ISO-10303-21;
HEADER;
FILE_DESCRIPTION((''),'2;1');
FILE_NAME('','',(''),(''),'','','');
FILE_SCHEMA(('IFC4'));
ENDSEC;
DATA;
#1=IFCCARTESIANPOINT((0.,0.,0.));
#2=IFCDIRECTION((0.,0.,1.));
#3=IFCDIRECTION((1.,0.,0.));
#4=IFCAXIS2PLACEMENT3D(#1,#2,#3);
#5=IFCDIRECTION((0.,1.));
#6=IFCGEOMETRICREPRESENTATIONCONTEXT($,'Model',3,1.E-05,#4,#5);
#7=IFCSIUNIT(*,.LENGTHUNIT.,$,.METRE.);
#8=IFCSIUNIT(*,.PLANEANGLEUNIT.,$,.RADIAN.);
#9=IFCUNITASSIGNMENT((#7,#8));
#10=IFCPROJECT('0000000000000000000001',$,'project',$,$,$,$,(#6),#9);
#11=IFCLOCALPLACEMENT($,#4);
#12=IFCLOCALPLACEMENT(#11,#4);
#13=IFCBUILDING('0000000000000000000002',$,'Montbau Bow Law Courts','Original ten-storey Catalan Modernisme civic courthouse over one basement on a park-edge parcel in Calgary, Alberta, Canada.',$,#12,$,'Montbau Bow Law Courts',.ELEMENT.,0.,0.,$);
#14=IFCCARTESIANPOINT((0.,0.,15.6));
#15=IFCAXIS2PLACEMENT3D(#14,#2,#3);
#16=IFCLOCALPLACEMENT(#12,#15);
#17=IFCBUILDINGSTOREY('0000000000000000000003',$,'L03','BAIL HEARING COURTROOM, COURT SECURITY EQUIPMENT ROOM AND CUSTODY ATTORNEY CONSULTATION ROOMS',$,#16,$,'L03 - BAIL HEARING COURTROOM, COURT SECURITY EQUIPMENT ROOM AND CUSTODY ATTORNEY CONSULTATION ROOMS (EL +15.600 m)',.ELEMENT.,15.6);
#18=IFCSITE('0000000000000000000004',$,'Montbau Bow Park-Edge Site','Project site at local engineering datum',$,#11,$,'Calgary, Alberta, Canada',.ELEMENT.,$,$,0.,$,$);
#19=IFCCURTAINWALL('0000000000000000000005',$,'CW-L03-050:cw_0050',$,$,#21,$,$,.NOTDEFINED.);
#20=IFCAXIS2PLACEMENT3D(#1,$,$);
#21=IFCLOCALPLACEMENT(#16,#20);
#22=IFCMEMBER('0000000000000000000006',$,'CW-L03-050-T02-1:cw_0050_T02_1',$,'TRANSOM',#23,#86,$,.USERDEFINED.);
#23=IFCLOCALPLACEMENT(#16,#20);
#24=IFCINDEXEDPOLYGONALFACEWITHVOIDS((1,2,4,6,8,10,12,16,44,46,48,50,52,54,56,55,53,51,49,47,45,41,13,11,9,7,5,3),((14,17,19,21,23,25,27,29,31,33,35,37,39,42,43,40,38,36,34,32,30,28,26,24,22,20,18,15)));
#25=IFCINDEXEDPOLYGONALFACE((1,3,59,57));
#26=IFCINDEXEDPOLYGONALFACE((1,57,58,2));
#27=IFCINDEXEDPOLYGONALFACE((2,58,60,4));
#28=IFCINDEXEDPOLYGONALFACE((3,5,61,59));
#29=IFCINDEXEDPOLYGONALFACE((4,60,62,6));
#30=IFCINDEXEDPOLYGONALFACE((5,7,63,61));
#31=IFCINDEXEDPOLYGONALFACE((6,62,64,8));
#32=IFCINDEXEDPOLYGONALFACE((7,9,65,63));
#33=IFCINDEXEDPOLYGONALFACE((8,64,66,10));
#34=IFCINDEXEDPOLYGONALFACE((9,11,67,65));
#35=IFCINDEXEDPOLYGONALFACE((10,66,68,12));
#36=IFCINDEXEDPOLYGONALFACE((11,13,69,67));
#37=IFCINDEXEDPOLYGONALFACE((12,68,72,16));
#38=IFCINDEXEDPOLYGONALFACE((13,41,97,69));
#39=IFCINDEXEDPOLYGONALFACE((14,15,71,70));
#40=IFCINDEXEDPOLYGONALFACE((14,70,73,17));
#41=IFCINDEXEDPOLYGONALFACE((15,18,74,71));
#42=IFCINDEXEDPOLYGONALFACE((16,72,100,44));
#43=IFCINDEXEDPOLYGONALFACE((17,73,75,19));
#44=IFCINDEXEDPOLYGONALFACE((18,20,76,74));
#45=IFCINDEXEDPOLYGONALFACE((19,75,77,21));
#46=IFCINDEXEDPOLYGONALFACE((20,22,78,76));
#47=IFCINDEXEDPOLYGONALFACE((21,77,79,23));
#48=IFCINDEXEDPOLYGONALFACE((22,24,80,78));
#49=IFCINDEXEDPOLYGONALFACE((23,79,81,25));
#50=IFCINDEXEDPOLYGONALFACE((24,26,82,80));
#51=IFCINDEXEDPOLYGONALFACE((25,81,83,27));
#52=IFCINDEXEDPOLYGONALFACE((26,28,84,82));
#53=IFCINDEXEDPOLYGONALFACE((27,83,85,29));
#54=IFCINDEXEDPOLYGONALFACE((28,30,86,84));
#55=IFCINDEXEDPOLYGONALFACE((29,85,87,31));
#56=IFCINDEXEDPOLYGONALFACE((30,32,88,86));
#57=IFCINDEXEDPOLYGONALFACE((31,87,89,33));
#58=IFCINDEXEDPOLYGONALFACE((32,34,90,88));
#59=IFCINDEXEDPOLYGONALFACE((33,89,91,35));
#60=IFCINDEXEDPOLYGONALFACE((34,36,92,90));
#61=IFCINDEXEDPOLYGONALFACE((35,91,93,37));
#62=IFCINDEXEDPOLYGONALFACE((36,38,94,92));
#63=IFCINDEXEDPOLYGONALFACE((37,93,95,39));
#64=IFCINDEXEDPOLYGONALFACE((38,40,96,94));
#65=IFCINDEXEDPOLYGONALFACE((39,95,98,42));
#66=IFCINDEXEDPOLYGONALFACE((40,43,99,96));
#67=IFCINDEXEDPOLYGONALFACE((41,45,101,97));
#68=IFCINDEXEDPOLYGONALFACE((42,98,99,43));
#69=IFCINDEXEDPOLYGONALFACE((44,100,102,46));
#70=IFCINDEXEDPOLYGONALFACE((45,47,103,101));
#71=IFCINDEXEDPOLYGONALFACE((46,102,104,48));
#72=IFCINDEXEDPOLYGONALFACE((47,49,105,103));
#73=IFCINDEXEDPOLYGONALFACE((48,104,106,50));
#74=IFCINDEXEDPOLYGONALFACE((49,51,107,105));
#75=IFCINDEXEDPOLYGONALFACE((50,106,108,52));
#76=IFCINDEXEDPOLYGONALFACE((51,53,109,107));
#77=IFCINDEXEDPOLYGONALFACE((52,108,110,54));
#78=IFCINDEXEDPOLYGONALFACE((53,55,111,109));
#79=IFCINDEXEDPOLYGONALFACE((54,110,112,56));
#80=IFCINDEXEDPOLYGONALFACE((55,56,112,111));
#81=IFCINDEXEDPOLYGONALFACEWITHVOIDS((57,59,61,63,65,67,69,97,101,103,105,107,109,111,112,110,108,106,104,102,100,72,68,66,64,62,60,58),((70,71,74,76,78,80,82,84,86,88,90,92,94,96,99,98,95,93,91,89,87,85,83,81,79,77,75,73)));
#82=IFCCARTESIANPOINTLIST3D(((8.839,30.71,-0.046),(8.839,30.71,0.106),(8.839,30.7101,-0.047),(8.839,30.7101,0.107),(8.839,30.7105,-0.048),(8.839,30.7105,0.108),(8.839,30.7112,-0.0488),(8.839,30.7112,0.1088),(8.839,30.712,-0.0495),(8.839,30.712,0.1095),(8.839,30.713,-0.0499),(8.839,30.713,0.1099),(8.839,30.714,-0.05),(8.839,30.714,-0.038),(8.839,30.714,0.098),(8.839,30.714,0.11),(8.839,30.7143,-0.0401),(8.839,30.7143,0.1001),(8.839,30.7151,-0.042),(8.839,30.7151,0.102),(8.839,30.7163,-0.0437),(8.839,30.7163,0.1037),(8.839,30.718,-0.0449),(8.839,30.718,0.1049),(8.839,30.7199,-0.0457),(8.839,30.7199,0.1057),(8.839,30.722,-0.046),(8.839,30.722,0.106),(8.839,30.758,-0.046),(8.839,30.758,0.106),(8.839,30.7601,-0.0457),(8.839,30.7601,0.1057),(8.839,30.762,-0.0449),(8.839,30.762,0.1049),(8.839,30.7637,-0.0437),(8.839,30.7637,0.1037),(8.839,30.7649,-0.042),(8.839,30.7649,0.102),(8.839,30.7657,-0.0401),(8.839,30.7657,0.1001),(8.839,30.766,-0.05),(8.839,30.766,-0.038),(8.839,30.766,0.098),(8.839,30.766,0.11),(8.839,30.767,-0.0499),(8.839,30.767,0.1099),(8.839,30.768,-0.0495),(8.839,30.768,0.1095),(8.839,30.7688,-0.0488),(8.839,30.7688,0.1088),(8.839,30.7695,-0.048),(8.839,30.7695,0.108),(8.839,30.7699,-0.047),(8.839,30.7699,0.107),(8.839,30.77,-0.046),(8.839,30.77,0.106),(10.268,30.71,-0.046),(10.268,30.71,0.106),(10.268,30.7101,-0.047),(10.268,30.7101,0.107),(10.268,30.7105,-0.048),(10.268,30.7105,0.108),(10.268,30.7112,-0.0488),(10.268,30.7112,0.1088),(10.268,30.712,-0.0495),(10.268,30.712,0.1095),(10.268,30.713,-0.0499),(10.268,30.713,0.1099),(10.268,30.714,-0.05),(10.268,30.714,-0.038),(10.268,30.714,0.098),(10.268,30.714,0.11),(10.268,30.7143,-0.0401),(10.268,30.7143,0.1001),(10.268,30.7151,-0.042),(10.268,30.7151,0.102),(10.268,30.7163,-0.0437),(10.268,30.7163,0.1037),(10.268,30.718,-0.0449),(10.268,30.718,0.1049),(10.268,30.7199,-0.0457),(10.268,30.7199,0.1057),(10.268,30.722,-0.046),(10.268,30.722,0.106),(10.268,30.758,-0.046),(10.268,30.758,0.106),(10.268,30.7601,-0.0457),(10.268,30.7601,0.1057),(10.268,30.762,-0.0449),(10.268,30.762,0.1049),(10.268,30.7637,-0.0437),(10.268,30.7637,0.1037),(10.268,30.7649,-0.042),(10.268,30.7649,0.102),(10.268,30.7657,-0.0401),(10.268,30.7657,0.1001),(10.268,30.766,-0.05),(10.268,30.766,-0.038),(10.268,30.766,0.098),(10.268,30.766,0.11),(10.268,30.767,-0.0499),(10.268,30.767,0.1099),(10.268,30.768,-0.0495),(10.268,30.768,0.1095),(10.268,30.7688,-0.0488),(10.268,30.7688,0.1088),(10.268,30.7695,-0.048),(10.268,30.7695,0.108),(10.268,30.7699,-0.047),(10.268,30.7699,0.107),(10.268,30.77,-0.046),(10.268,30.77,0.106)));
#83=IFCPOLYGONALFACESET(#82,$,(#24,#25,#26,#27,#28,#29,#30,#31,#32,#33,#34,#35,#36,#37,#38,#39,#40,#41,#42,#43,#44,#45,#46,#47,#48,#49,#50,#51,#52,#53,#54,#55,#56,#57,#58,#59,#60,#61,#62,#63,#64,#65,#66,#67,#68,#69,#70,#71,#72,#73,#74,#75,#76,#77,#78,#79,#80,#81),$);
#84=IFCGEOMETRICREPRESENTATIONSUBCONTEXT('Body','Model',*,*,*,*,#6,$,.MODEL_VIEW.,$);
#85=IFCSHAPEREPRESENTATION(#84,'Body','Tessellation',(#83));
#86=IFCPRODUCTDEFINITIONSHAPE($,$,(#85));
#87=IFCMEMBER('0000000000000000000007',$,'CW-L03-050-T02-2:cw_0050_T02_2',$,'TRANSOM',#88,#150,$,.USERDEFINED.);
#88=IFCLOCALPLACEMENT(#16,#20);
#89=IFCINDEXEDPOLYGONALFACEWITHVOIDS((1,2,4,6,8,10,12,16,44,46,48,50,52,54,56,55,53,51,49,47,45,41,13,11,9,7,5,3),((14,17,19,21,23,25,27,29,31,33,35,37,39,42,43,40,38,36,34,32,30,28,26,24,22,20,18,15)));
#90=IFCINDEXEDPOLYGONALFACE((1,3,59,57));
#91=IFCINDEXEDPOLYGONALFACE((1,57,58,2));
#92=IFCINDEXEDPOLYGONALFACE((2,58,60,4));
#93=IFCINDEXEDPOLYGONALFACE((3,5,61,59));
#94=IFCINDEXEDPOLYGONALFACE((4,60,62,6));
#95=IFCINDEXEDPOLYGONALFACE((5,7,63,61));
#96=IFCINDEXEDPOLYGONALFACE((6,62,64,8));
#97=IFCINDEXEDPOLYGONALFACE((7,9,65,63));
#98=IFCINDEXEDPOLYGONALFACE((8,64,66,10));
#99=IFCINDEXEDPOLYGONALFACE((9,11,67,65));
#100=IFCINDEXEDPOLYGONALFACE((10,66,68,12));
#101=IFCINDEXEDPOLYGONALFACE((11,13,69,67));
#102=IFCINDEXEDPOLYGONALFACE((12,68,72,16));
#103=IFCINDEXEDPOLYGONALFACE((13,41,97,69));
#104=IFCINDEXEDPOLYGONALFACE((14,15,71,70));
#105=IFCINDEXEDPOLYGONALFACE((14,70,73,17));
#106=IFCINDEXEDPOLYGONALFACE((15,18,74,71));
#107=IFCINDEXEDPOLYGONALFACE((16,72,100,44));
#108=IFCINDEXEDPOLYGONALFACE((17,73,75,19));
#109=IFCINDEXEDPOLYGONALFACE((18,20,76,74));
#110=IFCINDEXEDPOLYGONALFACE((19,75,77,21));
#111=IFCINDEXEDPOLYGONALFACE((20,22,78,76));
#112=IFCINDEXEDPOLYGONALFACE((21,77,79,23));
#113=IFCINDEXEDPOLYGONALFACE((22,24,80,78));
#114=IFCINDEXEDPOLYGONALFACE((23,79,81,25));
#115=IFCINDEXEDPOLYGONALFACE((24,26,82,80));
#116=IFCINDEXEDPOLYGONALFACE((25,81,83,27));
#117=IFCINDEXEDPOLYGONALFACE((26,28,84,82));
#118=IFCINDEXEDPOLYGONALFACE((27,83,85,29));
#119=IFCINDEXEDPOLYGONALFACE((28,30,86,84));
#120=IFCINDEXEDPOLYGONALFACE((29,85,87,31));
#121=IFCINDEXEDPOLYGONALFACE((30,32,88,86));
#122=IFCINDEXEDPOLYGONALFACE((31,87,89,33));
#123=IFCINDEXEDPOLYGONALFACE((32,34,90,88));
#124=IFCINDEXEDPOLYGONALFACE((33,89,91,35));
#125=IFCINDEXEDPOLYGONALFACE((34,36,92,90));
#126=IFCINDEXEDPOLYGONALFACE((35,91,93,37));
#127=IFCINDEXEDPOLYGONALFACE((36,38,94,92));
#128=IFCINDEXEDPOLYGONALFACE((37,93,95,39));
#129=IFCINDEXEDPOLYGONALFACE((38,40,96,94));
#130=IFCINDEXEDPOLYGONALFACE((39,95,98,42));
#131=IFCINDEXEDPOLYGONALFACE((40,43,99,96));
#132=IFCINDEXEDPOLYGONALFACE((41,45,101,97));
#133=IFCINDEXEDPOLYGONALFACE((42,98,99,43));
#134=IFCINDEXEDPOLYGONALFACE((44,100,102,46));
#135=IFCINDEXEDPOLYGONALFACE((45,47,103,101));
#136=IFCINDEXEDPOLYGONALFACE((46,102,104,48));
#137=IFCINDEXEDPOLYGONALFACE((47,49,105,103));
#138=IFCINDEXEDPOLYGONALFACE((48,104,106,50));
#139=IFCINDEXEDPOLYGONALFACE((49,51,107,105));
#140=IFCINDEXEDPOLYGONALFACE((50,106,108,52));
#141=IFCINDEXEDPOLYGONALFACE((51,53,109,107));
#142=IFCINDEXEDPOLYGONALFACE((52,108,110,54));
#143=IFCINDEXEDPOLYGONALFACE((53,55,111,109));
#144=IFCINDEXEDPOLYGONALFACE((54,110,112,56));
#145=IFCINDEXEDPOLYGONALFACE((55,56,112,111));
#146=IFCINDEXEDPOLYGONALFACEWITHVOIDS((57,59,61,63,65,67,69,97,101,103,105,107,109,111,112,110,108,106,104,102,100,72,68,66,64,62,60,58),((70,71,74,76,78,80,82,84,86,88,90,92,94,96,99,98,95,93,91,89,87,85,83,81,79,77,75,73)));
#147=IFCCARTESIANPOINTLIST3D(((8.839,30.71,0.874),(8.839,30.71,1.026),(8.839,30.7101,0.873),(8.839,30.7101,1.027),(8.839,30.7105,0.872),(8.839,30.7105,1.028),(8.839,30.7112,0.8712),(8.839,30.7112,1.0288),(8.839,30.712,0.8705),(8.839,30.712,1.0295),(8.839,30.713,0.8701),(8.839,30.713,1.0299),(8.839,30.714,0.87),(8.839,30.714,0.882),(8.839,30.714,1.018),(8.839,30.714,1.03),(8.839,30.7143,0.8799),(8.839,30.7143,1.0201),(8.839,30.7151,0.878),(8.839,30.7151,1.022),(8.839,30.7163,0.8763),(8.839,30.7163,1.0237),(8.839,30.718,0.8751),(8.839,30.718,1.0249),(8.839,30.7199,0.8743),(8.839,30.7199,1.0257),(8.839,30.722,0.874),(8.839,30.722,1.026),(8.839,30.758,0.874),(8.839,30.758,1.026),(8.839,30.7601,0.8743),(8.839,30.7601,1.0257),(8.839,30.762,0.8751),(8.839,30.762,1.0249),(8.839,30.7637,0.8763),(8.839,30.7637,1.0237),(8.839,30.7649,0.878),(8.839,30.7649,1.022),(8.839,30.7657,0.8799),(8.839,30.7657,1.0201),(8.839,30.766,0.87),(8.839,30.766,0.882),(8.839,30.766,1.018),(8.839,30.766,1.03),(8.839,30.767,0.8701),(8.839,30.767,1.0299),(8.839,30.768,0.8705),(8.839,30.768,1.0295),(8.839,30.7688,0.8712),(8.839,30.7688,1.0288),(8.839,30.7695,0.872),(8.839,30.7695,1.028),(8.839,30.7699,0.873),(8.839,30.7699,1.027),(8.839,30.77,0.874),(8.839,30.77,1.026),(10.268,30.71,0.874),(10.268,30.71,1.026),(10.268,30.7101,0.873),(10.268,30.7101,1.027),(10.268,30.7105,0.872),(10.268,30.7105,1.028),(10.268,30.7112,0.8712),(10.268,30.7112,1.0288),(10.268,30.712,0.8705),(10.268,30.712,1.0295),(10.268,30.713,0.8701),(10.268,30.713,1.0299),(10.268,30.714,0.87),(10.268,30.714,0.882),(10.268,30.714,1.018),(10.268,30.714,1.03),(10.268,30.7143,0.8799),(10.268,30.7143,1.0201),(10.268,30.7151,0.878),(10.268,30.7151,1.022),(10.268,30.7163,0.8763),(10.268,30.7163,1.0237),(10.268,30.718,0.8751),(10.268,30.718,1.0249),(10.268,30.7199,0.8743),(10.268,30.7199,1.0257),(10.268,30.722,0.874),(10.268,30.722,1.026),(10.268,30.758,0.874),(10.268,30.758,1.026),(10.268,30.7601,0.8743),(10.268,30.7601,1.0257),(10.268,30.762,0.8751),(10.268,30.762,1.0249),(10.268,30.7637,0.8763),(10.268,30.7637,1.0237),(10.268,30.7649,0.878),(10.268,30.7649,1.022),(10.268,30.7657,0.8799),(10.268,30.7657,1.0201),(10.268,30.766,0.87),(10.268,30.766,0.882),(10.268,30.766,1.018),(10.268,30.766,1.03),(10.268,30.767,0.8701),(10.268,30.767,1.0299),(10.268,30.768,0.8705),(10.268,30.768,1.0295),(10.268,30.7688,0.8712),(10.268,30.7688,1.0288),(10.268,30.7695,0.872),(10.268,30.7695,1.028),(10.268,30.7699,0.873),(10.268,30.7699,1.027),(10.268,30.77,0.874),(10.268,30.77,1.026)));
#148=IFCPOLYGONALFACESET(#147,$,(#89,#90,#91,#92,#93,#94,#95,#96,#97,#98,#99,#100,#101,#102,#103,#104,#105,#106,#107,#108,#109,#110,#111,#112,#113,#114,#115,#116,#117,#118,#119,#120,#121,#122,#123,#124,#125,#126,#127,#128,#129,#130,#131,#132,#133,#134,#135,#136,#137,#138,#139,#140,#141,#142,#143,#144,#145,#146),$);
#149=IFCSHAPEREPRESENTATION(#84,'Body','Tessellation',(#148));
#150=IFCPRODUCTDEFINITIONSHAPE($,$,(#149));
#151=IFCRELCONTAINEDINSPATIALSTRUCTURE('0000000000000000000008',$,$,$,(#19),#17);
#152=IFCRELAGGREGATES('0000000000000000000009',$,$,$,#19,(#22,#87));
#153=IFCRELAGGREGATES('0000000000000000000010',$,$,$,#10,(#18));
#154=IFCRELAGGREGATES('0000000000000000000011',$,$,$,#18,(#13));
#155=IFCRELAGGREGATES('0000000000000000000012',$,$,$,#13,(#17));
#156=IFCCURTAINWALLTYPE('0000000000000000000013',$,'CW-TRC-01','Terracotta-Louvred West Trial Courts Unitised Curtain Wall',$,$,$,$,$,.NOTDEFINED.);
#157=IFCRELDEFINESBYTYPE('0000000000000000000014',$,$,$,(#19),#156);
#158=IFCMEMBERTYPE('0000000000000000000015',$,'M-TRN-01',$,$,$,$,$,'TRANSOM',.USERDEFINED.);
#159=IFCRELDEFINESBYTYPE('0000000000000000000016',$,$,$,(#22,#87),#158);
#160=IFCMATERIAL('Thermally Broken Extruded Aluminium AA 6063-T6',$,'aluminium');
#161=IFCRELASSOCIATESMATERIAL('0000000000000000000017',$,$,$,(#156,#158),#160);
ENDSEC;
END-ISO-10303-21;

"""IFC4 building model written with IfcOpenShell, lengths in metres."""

from ifc_helpers import new_model, si_unit, direction, frame, origin_with_axes, origin_2d_with_axis, place, context, subcontext, project, spatial, hollow_rectangle, extrude, material, material_profile, profile_set, type_object, element, aggregate, save


model = new_model("IFC4")

# Units and contexts
model_context = context("Model", 3, precision=1e-05, world=origin_with_axes(), true_north=direction((0.0, 1.0)))
body_context = subcontext(model_context, "Body", "Model", "MODEL_VIEW")
ifc_project = project(units=[si_unit("LENGTHUNIT", "METRE"), si_unit("PLANEANGLEUNIT", "RADIAN")], contexts=[model_context])

# Site, building, storey
site_placement = place(None, origin_with_axes())
site = spatial("IfcSite", under=ifc_project, at=site_placement, Name="Montbau Bow Park-Edge Site", Description="Project site at local engineering datum", LongName="Calgary, Alberta, Canada", CompositionType="ELEMENT", RefElevation=0.0)
building_placement = place(site_placement, origin_with_axes())
building = spatial("IfcBuilding", under=site, at=building_placement, Name="Montbau Bow Law Courts", Description="Original ten-storey Catalan Modernisme civic courthouse over one basement on a park-edge parcel in Calgary, Alberta, Canada.", LongName="Montbau Bow Law Courts", CompositionType="ELEMENT", ElevationOfRefHeight=0.0, ElevationOfTerrain=0.0)
storey_placement = place(building_placement, frame((0.0, 0.0, 15.6), z_axis=(0.0, 0.0, 1.0), x_axis=(1.0, 0.0, 0.0)))
storey = spatial("IfcBuildingStorey", under=building, at=storey_placement, Name="L03", Description="BAIL HEARING COURTROOM, COURT SECURITY EQUIPMENT ROOM AND CUSTODY ATTORNEY CONSULTATION ROOMS", LongName="L03 - BAIL HEARING COURTROOM, COURT SECURITY EQUIPMENT ROOM AND CUSTODY ATTORNEY CONSULTATION ROOMS (EL +15.600 m)", CompositionType="ELEMENT", Elevation=15.6)

# Curtain wall, members
ifc_material_1 = material(Name="Thermally Broken Extruded Aluminium AA 6063-T6", Category="aluminium")
curtain_wall_type = type_object("IfcCurtainWallType", Name="CW-TRC-01", Description="Terracotta-Louvred West Trial Courts Unitised Curtain Wall", PredefinedType="NOTDEFINED", material=ifc_material_1)
curtain_wall_placement = place(None, frame((7.315, 30.74, 15.6), z_axis=(0.0, 0.0, 1.0), x_axis=(1.0, 0.0, 0.0)))
curtain_wall = element("IfcCurtainWall", 1, at=curtain_wall_placement, inside=storey, type_object=curtain_wall_type, Name="CW-L03-050:cw_0050", PredefinedType="NOTDEFINED")
ifc_material_profile_1 = material_profile(ifc_material_1, hollow_rectangle(XDim=0.06, YDim=0.16, WallThickness=0.004, InnerFilletRadius=0.008, OuterFilletRadius=0.004, at=origin_2d_with_axis()), Name="CWT-160X60", Category="Main", Priority=0)
ifc_profile_set_1 = profile_set([ifc_material_profile_1], Name="Thermally Broken Extruded Aluminium AA 6063-T6")
member_type_1 = type_object("IfcMemberType", Name="M-TRN-01", ElementType="TRANSOM", PredefinedType="USERDEFINED", material=ifc_profile_set_1)
member_1_placement = place(None, frame((8.839, 30.74, 15.63), z_axis=(1.0, 0.0, 0.0), x_axis=(0.0, 1.0, 0.0)))
member_1 = element("IfcMember", 2, at=member_1_placement, type_object=member_type_1, Name="CW-L03-050-T02-1:cw_0050_T02_1", ObjectType="TRANSOM", PredefinedType="USERDEFINED", context=body_context, shape_type="SweptSolid", body=[
    extrude(hollow_rectangle(XDim=0.06, YDim=0.16, WallThickness=0.004, InnerFilletRadius=0.008, OuterFilletRadius=0.004, at=origin_2d_with_axis()), origin_with_axes(), (0.0, 0.0, 1.0), 1.429),
])
member_2_placement = place(None, frame((8.839, 30.74, 16.55), z_axis=(1.0, 0.0, 0.0), x_axis=(0.0, 1.0, 0.0)))
member_2 = element("IfcMember", 3, at=member_2_placement, type_object=member_type_1, Name="CW-L03-050-T02-2:cw_0050_T02_2", ObjectType="TRANSOM", PredefinedType="USERDEFINED", context=body_context, shape_type="SweptSolid", body=[
    extrude(hollow_rectangle(XDim=0.06, YDim=0.16, WallThickness=0.004, InnerFilletRadius=0.008, OuterFilletRadius=0.004, at=origin_2d_with_axis()), origin_with_axes(), (0.0, 0.0, 1.0), 1.429),
])
aggregate(curtain_wall, [member_1, member_2])

save(model, "model.ifc")
